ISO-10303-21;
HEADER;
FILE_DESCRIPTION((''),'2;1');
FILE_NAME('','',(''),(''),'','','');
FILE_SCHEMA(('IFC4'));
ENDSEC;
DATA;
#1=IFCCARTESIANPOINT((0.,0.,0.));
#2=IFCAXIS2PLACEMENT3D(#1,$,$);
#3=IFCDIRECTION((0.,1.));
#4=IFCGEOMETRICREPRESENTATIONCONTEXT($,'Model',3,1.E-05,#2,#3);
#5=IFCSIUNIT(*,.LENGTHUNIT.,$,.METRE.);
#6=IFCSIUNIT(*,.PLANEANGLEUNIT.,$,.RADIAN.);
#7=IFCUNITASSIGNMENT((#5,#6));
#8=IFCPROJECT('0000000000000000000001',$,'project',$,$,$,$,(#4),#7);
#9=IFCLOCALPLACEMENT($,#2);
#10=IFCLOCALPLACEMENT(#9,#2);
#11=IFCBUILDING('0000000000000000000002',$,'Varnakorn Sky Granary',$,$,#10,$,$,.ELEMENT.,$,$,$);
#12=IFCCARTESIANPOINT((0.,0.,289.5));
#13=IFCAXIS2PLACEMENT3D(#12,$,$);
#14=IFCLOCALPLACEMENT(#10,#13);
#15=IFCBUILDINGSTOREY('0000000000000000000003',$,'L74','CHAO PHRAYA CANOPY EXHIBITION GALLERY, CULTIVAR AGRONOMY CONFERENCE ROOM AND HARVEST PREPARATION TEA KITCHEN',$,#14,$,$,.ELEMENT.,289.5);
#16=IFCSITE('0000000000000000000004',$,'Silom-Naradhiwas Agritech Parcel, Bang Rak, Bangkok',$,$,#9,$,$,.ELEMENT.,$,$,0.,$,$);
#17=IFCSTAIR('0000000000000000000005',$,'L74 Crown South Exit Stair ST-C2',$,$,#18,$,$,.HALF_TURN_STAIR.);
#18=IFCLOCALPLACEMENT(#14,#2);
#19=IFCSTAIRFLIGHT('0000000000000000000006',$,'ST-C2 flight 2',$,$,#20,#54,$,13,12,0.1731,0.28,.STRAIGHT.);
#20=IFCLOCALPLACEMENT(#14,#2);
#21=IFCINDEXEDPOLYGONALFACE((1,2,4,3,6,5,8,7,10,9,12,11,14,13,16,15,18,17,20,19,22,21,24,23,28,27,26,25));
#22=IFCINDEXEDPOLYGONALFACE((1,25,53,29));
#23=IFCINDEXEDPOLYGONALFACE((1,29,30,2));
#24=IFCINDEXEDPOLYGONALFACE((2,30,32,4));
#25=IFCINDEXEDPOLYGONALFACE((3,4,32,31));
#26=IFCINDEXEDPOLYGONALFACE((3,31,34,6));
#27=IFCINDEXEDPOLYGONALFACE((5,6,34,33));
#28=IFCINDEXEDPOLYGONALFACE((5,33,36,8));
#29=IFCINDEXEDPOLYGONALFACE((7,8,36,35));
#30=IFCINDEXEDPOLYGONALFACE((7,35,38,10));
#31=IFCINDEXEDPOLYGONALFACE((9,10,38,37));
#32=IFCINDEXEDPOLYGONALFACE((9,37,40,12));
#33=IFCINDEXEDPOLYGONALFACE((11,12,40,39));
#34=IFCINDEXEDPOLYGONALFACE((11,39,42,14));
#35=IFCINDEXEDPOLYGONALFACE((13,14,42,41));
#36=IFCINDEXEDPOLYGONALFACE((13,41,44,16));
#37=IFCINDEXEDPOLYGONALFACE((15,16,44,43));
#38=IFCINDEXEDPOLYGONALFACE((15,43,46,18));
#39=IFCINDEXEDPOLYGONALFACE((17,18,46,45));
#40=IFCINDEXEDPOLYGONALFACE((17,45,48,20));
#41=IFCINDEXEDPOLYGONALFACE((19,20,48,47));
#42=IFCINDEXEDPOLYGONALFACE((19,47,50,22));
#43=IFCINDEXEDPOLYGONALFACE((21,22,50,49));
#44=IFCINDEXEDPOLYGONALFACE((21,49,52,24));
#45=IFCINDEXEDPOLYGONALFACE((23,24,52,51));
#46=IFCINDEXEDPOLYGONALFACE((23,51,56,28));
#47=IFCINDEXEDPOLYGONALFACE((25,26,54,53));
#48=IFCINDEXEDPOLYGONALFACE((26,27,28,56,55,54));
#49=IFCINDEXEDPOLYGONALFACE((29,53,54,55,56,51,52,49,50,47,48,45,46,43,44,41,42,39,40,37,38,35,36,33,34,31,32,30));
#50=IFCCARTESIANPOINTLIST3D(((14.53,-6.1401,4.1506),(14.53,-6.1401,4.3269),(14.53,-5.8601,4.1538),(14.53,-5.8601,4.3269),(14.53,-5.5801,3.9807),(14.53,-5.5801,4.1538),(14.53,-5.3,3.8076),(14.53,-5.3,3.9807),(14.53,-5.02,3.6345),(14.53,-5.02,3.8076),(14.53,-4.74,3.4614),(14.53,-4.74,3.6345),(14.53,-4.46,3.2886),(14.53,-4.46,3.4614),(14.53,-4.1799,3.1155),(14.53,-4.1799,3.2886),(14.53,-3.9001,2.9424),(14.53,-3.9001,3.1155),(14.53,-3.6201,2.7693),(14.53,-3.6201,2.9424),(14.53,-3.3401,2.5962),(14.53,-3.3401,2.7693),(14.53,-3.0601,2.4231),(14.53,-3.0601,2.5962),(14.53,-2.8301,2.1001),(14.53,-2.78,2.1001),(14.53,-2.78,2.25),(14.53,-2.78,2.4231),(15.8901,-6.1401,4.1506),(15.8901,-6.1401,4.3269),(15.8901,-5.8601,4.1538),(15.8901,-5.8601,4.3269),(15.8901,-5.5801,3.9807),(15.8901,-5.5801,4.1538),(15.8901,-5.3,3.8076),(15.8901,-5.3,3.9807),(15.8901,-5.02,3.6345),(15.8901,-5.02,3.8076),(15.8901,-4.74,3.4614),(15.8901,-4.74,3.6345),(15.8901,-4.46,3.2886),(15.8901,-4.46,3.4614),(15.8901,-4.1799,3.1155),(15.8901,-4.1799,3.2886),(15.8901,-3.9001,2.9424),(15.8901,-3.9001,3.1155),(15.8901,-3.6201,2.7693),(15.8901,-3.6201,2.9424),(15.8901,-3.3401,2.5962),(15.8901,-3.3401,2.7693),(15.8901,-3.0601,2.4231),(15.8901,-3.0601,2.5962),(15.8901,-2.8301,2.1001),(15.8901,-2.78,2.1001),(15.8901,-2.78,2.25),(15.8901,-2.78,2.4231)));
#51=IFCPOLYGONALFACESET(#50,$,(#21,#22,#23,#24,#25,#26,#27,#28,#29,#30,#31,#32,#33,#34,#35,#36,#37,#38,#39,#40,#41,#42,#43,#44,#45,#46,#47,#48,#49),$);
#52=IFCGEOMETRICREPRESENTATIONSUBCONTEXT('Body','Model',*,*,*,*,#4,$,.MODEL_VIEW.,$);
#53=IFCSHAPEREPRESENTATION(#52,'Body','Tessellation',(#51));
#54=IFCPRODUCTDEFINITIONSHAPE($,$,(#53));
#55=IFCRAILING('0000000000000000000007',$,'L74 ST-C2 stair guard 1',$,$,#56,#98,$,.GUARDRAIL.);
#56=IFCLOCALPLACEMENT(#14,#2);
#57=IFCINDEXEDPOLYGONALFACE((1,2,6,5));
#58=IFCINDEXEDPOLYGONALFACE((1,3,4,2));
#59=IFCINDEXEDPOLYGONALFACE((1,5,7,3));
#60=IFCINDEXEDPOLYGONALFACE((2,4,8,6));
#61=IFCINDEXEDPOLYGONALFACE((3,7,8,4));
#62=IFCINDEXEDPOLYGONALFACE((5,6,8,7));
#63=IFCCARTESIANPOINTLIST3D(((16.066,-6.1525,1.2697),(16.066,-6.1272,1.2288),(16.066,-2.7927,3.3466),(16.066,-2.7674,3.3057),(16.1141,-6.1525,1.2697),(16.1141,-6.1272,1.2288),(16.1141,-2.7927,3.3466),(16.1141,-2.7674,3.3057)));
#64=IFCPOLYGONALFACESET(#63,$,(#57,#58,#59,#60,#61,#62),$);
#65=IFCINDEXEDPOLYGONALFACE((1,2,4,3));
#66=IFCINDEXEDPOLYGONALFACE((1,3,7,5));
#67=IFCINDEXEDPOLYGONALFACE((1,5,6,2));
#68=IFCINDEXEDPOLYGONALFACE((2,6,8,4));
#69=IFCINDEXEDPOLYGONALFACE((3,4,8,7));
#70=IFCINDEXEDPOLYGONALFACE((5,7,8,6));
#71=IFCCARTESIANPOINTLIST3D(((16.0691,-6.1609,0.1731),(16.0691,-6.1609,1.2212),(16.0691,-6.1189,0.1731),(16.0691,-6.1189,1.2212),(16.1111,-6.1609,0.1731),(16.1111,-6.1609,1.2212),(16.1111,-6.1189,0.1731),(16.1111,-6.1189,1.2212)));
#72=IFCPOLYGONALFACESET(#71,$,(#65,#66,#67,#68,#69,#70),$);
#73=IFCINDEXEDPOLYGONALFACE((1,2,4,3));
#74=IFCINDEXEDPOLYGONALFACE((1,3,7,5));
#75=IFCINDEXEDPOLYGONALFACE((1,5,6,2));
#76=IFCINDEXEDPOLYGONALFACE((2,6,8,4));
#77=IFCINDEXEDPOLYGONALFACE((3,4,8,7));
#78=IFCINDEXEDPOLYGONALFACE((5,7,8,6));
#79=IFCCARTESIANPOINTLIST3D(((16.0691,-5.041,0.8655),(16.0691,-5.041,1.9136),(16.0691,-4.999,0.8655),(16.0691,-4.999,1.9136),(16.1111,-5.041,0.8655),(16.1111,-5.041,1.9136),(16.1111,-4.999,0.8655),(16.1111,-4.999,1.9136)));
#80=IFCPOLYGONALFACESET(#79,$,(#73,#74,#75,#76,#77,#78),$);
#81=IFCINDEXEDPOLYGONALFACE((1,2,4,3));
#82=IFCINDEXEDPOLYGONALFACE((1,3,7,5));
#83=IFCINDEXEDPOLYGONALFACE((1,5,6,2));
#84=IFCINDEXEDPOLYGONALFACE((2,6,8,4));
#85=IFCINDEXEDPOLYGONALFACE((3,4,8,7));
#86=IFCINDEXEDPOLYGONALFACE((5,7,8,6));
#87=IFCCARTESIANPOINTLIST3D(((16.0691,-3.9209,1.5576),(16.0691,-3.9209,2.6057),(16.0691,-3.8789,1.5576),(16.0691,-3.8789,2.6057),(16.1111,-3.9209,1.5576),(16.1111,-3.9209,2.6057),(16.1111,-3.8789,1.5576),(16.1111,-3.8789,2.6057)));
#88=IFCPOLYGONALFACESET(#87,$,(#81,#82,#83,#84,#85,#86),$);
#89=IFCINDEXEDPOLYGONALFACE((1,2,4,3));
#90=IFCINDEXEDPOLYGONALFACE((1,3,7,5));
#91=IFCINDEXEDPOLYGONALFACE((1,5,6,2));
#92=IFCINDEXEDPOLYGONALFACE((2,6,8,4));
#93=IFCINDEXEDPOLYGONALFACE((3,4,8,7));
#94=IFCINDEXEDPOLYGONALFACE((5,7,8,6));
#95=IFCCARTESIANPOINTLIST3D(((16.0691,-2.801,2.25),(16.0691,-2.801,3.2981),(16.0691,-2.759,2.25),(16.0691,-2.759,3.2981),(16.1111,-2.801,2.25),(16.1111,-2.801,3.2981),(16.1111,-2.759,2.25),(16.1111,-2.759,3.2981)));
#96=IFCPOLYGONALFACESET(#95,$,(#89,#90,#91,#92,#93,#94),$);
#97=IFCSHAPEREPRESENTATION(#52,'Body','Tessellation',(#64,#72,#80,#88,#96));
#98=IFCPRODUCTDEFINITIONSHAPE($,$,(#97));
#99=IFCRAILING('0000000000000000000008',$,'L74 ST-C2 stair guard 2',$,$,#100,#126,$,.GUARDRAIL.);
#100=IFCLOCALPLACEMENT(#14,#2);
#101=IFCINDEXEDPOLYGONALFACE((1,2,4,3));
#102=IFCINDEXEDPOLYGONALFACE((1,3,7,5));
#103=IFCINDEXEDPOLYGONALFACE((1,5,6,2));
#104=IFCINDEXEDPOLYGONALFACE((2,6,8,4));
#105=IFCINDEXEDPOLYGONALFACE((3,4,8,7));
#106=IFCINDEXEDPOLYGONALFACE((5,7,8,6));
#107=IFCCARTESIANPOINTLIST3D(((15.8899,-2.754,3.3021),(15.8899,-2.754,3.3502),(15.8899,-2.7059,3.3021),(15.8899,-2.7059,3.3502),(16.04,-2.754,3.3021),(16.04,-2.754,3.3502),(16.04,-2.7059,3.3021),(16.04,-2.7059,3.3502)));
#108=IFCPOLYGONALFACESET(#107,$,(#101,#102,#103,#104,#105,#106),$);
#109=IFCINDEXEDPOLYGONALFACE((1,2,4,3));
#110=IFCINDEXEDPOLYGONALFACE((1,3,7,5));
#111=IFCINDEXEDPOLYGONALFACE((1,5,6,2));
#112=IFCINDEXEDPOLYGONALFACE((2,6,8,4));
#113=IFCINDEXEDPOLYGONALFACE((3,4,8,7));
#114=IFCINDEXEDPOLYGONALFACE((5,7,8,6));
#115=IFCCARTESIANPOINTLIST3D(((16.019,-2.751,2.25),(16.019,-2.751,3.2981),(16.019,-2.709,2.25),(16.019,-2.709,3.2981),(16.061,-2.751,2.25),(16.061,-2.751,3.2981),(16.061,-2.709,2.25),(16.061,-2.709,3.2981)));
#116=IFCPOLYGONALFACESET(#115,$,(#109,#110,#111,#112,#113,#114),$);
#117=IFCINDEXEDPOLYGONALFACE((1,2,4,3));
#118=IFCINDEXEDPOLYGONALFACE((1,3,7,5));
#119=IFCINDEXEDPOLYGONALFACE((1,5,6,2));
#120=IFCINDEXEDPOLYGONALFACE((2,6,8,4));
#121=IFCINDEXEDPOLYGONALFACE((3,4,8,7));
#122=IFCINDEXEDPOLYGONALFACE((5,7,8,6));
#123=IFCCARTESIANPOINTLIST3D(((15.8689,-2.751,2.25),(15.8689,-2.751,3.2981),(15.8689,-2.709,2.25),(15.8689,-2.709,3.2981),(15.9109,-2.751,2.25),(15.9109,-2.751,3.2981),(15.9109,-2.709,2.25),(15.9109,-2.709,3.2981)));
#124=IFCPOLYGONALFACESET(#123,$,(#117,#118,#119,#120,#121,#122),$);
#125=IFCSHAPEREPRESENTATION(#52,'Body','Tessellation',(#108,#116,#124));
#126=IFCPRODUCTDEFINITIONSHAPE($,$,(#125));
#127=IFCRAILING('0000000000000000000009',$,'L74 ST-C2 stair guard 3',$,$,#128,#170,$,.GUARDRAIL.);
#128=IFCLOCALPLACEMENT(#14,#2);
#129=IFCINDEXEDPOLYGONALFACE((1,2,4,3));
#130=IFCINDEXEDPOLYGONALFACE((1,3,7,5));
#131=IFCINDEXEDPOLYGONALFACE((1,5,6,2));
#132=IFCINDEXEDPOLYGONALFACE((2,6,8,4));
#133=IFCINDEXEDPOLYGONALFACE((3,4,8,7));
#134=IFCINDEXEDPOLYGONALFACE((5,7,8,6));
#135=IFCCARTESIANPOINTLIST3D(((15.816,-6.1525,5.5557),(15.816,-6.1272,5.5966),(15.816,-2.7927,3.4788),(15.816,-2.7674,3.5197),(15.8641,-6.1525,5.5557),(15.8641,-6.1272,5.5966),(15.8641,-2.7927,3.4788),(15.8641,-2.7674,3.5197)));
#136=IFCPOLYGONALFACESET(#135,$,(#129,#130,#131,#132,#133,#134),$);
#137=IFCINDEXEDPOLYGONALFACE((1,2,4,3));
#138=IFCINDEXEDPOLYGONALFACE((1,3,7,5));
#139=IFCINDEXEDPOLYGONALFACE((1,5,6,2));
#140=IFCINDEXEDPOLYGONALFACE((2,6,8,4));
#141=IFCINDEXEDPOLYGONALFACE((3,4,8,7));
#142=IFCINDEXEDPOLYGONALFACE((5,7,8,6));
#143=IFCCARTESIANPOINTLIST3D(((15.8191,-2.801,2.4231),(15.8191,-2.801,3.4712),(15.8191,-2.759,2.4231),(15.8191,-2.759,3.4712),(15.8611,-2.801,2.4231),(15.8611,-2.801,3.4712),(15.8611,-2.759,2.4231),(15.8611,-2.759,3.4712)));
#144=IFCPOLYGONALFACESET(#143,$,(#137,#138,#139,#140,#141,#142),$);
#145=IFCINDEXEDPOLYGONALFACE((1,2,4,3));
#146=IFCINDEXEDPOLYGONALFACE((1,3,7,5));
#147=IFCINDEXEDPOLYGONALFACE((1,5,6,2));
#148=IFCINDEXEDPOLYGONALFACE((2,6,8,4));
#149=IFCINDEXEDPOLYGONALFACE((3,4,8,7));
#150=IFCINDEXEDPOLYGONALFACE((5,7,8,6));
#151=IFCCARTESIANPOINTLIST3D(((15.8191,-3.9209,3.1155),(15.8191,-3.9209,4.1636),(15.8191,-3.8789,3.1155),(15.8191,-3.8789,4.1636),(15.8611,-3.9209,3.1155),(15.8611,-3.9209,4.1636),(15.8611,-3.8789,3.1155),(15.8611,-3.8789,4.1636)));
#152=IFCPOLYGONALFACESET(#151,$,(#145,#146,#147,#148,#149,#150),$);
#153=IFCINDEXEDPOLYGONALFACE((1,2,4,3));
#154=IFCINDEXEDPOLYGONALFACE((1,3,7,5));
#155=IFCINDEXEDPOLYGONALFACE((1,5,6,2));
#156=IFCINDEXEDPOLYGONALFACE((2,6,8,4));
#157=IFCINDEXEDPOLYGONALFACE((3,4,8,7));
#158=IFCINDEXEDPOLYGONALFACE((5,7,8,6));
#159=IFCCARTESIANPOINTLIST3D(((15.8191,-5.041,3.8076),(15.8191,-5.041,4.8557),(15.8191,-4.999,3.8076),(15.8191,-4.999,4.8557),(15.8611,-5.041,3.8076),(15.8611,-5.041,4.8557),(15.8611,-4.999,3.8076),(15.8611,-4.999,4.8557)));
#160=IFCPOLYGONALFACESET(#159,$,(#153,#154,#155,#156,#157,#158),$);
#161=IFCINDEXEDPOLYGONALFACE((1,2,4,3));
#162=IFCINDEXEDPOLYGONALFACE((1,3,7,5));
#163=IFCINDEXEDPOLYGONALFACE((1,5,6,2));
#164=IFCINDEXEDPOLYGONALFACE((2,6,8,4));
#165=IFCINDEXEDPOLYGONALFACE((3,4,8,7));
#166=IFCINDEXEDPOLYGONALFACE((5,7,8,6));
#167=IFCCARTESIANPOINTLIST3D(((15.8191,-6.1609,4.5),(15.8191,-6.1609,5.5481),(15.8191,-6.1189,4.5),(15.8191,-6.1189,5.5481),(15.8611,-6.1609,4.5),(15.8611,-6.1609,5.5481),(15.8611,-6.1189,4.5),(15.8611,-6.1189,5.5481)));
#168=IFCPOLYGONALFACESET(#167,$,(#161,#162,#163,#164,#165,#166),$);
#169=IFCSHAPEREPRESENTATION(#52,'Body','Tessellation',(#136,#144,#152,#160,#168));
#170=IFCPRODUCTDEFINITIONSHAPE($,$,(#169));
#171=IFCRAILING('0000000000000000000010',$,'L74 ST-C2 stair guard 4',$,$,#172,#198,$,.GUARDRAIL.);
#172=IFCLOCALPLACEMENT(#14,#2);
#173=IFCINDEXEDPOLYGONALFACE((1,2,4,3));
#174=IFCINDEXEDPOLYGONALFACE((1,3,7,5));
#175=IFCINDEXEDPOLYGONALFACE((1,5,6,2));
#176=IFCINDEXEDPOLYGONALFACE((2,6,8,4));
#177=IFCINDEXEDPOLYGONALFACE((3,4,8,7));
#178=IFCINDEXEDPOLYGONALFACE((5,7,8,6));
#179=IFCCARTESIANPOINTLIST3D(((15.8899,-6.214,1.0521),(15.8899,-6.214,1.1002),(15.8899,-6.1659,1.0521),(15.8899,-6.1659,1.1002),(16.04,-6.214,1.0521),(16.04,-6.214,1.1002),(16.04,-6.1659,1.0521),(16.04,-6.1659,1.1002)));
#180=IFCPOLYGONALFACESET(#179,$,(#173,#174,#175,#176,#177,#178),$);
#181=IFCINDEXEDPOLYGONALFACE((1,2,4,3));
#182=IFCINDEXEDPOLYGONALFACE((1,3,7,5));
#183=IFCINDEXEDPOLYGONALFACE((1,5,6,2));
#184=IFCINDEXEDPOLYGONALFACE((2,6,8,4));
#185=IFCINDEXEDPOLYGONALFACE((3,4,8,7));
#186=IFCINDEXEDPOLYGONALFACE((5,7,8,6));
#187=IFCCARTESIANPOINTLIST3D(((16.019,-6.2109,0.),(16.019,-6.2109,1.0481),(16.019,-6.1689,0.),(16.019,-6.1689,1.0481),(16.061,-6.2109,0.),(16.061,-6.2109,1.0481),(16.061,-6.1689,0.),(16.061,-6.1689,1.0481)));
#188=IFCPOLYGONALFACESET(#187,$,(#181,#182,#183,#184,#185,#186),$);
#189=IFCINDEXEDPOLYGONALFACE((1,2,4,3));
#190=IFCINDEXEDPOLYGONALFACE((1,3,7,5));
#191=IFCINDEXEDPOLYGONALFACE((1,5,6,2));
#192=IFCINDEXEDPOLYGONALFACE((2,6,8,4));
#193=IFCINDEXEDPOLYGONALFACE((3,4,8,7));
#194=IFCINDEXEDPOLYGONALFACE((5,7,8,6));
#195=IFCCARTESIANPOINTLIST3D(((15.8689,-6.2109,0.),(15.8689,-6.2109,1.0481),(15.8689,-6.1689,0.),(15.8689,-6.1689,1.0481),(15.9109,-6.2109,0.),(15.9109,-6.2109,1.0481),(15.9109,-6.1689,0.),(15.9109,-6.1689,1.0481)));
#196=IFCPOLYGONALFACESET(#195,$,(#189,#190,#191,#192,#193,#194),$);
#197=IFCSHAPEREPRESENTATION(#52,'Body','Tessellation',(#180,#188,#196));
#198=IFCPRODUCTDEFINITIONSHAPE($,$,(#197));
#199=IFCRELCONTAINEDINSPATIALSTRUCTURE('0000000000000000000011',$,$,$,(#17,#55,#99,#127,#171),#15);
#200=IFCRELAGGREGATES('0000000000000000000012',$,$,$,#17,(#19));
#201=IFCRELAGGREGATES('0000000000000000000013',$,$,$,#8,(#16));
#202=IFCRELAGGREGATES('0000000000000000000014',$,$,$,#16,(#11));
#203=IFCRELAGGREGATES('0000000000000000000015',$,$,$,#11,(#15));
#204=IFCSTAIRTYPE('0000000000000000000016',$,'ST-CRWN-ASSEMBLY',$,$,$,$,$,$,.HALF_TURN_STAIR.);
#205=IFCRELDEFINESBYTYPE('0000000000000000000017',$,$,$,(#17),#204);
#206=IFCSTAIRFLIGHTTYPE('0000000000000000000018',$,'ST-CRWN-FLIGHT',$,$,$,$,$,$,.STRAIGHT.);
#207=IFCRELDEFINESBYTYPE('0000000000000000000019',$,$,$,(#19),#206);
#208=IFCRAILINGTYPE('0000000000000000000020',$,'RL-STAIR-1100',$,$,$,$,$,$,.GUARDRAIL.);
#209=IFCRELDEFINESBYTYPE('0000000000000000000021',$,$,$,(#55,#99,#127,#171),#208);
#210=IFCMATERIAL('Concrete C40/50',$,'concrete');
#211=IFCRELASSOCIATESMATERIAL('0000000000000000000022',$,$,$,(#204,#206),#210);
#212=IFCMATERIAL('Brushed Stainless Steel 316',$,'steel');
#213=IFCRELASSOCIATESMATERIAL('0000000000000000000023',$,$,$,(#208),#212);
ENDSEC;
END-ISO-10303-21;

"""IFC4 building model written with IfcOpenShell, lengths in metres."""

from ifc_helpers import new_model, si_unit, direction, frame, origin, origin_2d, place, context, subcontext, project, spatial, polyline, rectangle, outline, extrude, material, type_object, element, aggregate, save


model = new_model("IFC4")

# Units and contexts
model_context = context("Model", 3, precision=1e-05, world=origin(), true_north=direction((0.0, 1.0)))
body_context = subcontext(model_context, "Body", "Model", "MODEL_VIEW")
ifc_project = project(units=[si_unit("LENGTHUNIT", "METRE"), si_unit("PLANEANGLEUNIT", "RADIAN")], contexts=[model_context])

# Site, building, storey
site_placement = place(None, origin())
site = spatial("IfcSite", under=ifc_project, at=site_placement, Name="Silom-Naradhiwas Agritech Parcel, Bang Rak, Bangkok", CompositionType="ELEMENT", RefElevation=0.0)
building_placement = place(site_placement, origin())
building = spatial("IfcBuilding", under=site, at=building_placement, Name="Varnakorn Sky Granary", CompositionType="ELEMENT")
storey_placement = place(building_placement, frame((0.0, 0.0, 289.5)))
storey = spatial("IfcBuildingStorey", under=building, at=storey_placement, Name="L74", Description="CHAO PHRAYA CANOPY EXHIBITION GALLERY, CULTIVAR AGRONOMY CONFERENCE ROOM AND HARVEST PREPARATION TEA KITCHEN", CompositionType="ELEMENT", Elevation=289.5)

# Stair, stair flight
ifc_material_1 = material(Name="Concrete C40/50", Category="concrete")
stair_type = type_object("IfcStairType", Name="ST-CRWN-ASSEMBLY", PredefinedType="HALF_TURN_STAIR", material=ifc_material_1)
stair_placement = place(storey_placement, origin())
stair = element("IfcStair", 1, at=stair_placement, inside=storey, type_object=stair_type, Name="L74 Crown South Exit Stair ST-C2", PredefinedType="HALF_TURN_STAIR")
stair_flight_type = type_object("IfcStairFlightType", Name="ST-CRWN-FLIGHT", PredefinedType="STRAIGHT", material=ifc_material_1)
stair_flight_1_placement = place(storey_placement, frame((15.21, -2.78, 2.25), z_axis=(0.0, 0.0, 1.0), x_axis=(0.0, -1.0, 0.0)))
stair_flight_1 = element("IfcStairFlight", 2, at=stair_flight_1_placement, type_object=stair_flight_type, Name="ST-C2 flight 2", NumberOfRisers=13, NumberOfTreads=12, PredefinedType="STRAIGHT", RiserHeight=0.1731, TreadLength=0.28, context=body_context, shape_type="SweptSolid", body=[
    extrude(outline(polyline([(0.0, -0.1499), (0.0, 0.0), (0.0, 0.1731), (0.28, 0.1731), (0.28, 0.3462), (0.5601, 0.3462), (0.5601, 0.5193), (0.8401, 0.5193), (0.8401, 0.6924), (1.1201, 0.6924), (1.1201, 0.8655), (1.3999, 0.8655), (1.3999, 1.0386), (1.6799, 1.0386), (1.6799, 1.2114), (1.96, 1.2114), (1.96, 1.3845), (2.24, 1.3845), (2.24, 1.5576), (2.52, 1.5576), (2.52, 1.7307), (2.8, 1.7307), (2.8, 1.9038), (3.0801, 1.9038), (3.0801, 2.0769), (3.3601, 2.0769), (3.3601, 2.25), (3.3601, 1.9006), (0.05, -0.1499), (0.0, -0.1499)])), frame((0.0, 0.6802, 0.0), z_axis=(0.0, -1.0, 0.0), x_axis=(1.0, 0.0, 0.0)), (0.0, 0.0, 1.0), 1.3601),
])
aggregate(stair, [stair_flight_1])

# Railings
ifc_material_2 = material(Name="Brushed Stainless Steel 316", Category="steel")
railing_type_1 = type_object("IfcRailingType", Name="RL-STAIR-1100", PredefinedType="GUARDRAIL", material=ifc_material_2)
railing_1_placement = place(storey_placement, frame((16.0901, -6.1399, 0.1731)))
element("IfcRailing", 3, at=railing_1_placement, inside=storey, type_object=railing_type_1, Name="L74 ST-C2 stair guard 1", PredefinedType="GUARDRAIL", context=body_context, shape_type="SweptSolid", body=[
    extrude(rectangle(XDim=0.0481, YDim=0.0481, at=origin_2d()), frame((0.0, 0.0, 1.0762), z_axis=(0.0, 0.850606, 0.525803), x_axis=(-1.0, 0.0, 0.0)), (0.0, 0.0, 1.0), 3.95),
    extrude(rectangle(XDim=0.042, YDim=0.042, at=origin_2d()), origin(), (0.0, 0.0, 1.0), 1.0481),
    extrude(rectangle(XDim=0.042, YDim=0.042, at=origin_2d()), frame((0.0, 1.1199, 0.6924)), (0.0, 0.0, 1.0), 1.0481),
    extrude(rectangle(XDim=0.042, YDim=0.042, at=origin_2d()), frame((0.0, 2.24, 1.3845)), (0.0, 0.0, 1.0), 1.0481),
    extrude(rectangle(XDim=0.042, YDim=0.042, at=origin_2d()), frame((0.0, 3.3599, 2.0769)), (0.0, 0.0, 1.0), 1.0481),
])
railing_2_placement = place(storey_placement, frame((16.04, -2.73, 2.25)))
element("IfcRailing", 4, at=railing_2_placement, inside=storey, type_object=railing_type_1, Name="L74 ST-C2 stair guard 2", PredefinedType="GUARDRAIL", context=body_context, shape_type="SweptSolid", body=[
    extrude(rectangle(XDim=0.0481, YDim=0.0481, at=origin_2d()), frame((0.0, 0.0, 1.0762), z_axis=(-1.0, 0.0, 0.0), x_axis=(0.0, -1.0, 0.0)), (0.0, 0.0, 1.0), 0.1501),
    extrude(rectangle(XDim=0.042, YDim=0.042, at=origin_2d()), origin(), (0.0, 0.0, 1.0), 1.0481),
    extrude(rectangle(XDim=0.042, YDim=0.042, at=origin_2d()), frame((-0.1501, 0.0, 0.0)), (0.0, 0.0, 1.0), 1.0481),
])
railing_3_placement = place(storey_placement, frame((15.8401, -2.78, 2.4231)))
element("IfcRailing", 5, at=railing_3_placement, inside=storey, type_object=railing_type_1, Name="L74 ST-C2 stair guard 3", PredefinedType="GUARDRAIL", context=body_context, shape_type="SweptSolid", body=[
    extrude(rectangle(XDim=0.0481, YDim=0.0481, at=origin_2d()), frame((0.0, 0.0, 1.0762), z_axis=(0.0, -0.850606, 0.525803), x_axis=(1.0, 0.0, 0.0)), (0.0, 0.0, 1.0), 3.95),
    extrude(rectangle(XDim=0.042, YDim=0.042, at=origin_2d()), origin(), (0.0, 0.0, 1.0), 1.0481),
    extrude(rectangle(XDim=0.042, YDim=0.042, at=origin_2d()), frame((0.0, -1.1199, 0.6924)), (0.0, 0.0, 1.0), 1.0481),
    extrude(rectangle(XDim=0.042, YDim=0.042, at=origin_2d()), frame((0.0, -2.24, 1.3845)), (0.0, 0.0, 1.0), 1.0481),
    extrude(rectangle(XDim=0.042, YDim=0.042, at=origin_2d()), frame((0.0, -3.3599, 2.0769)), (0.0, 0.0, 1.0), 1.0481),
])
railing_4_placement = place(storey_placement, frame((16.04, -6.1899, 0.0)))
element("IfcRailing", 6, at=railing_4_placement, inside=storey, type_object=railing_type_1, Name="L74 ST-C2 stair guard 4", PredefinedType="GUARDRAIL", context=body_context, shape_type="SweptSolid", body=[
    extrude(rectangle(XDim=0.0481, YDim=0.0481, at=origin_2d()), frame((0.0, 0.0, 1.0762), z_axis=(-1.0, 0.0, 0.0), x_axis=(0.0, -1.0, 0.0)), (0.0, 0.0, 1.0), 0.1501),
    extrude(rectangle(XDim=0.042, YDim=0.042, at=origin_2d()), origin(), (0.0, 0.0, 1.0), 1.0481),
    extrude(rectangle(XDim=0.042, YDim=0.042, at=origin_2d()), frame((-0.1501, 0.0, 0.0)), (0.0, 0.0, 1.0), 1.0481),
])

save(model, "model.ifc")
